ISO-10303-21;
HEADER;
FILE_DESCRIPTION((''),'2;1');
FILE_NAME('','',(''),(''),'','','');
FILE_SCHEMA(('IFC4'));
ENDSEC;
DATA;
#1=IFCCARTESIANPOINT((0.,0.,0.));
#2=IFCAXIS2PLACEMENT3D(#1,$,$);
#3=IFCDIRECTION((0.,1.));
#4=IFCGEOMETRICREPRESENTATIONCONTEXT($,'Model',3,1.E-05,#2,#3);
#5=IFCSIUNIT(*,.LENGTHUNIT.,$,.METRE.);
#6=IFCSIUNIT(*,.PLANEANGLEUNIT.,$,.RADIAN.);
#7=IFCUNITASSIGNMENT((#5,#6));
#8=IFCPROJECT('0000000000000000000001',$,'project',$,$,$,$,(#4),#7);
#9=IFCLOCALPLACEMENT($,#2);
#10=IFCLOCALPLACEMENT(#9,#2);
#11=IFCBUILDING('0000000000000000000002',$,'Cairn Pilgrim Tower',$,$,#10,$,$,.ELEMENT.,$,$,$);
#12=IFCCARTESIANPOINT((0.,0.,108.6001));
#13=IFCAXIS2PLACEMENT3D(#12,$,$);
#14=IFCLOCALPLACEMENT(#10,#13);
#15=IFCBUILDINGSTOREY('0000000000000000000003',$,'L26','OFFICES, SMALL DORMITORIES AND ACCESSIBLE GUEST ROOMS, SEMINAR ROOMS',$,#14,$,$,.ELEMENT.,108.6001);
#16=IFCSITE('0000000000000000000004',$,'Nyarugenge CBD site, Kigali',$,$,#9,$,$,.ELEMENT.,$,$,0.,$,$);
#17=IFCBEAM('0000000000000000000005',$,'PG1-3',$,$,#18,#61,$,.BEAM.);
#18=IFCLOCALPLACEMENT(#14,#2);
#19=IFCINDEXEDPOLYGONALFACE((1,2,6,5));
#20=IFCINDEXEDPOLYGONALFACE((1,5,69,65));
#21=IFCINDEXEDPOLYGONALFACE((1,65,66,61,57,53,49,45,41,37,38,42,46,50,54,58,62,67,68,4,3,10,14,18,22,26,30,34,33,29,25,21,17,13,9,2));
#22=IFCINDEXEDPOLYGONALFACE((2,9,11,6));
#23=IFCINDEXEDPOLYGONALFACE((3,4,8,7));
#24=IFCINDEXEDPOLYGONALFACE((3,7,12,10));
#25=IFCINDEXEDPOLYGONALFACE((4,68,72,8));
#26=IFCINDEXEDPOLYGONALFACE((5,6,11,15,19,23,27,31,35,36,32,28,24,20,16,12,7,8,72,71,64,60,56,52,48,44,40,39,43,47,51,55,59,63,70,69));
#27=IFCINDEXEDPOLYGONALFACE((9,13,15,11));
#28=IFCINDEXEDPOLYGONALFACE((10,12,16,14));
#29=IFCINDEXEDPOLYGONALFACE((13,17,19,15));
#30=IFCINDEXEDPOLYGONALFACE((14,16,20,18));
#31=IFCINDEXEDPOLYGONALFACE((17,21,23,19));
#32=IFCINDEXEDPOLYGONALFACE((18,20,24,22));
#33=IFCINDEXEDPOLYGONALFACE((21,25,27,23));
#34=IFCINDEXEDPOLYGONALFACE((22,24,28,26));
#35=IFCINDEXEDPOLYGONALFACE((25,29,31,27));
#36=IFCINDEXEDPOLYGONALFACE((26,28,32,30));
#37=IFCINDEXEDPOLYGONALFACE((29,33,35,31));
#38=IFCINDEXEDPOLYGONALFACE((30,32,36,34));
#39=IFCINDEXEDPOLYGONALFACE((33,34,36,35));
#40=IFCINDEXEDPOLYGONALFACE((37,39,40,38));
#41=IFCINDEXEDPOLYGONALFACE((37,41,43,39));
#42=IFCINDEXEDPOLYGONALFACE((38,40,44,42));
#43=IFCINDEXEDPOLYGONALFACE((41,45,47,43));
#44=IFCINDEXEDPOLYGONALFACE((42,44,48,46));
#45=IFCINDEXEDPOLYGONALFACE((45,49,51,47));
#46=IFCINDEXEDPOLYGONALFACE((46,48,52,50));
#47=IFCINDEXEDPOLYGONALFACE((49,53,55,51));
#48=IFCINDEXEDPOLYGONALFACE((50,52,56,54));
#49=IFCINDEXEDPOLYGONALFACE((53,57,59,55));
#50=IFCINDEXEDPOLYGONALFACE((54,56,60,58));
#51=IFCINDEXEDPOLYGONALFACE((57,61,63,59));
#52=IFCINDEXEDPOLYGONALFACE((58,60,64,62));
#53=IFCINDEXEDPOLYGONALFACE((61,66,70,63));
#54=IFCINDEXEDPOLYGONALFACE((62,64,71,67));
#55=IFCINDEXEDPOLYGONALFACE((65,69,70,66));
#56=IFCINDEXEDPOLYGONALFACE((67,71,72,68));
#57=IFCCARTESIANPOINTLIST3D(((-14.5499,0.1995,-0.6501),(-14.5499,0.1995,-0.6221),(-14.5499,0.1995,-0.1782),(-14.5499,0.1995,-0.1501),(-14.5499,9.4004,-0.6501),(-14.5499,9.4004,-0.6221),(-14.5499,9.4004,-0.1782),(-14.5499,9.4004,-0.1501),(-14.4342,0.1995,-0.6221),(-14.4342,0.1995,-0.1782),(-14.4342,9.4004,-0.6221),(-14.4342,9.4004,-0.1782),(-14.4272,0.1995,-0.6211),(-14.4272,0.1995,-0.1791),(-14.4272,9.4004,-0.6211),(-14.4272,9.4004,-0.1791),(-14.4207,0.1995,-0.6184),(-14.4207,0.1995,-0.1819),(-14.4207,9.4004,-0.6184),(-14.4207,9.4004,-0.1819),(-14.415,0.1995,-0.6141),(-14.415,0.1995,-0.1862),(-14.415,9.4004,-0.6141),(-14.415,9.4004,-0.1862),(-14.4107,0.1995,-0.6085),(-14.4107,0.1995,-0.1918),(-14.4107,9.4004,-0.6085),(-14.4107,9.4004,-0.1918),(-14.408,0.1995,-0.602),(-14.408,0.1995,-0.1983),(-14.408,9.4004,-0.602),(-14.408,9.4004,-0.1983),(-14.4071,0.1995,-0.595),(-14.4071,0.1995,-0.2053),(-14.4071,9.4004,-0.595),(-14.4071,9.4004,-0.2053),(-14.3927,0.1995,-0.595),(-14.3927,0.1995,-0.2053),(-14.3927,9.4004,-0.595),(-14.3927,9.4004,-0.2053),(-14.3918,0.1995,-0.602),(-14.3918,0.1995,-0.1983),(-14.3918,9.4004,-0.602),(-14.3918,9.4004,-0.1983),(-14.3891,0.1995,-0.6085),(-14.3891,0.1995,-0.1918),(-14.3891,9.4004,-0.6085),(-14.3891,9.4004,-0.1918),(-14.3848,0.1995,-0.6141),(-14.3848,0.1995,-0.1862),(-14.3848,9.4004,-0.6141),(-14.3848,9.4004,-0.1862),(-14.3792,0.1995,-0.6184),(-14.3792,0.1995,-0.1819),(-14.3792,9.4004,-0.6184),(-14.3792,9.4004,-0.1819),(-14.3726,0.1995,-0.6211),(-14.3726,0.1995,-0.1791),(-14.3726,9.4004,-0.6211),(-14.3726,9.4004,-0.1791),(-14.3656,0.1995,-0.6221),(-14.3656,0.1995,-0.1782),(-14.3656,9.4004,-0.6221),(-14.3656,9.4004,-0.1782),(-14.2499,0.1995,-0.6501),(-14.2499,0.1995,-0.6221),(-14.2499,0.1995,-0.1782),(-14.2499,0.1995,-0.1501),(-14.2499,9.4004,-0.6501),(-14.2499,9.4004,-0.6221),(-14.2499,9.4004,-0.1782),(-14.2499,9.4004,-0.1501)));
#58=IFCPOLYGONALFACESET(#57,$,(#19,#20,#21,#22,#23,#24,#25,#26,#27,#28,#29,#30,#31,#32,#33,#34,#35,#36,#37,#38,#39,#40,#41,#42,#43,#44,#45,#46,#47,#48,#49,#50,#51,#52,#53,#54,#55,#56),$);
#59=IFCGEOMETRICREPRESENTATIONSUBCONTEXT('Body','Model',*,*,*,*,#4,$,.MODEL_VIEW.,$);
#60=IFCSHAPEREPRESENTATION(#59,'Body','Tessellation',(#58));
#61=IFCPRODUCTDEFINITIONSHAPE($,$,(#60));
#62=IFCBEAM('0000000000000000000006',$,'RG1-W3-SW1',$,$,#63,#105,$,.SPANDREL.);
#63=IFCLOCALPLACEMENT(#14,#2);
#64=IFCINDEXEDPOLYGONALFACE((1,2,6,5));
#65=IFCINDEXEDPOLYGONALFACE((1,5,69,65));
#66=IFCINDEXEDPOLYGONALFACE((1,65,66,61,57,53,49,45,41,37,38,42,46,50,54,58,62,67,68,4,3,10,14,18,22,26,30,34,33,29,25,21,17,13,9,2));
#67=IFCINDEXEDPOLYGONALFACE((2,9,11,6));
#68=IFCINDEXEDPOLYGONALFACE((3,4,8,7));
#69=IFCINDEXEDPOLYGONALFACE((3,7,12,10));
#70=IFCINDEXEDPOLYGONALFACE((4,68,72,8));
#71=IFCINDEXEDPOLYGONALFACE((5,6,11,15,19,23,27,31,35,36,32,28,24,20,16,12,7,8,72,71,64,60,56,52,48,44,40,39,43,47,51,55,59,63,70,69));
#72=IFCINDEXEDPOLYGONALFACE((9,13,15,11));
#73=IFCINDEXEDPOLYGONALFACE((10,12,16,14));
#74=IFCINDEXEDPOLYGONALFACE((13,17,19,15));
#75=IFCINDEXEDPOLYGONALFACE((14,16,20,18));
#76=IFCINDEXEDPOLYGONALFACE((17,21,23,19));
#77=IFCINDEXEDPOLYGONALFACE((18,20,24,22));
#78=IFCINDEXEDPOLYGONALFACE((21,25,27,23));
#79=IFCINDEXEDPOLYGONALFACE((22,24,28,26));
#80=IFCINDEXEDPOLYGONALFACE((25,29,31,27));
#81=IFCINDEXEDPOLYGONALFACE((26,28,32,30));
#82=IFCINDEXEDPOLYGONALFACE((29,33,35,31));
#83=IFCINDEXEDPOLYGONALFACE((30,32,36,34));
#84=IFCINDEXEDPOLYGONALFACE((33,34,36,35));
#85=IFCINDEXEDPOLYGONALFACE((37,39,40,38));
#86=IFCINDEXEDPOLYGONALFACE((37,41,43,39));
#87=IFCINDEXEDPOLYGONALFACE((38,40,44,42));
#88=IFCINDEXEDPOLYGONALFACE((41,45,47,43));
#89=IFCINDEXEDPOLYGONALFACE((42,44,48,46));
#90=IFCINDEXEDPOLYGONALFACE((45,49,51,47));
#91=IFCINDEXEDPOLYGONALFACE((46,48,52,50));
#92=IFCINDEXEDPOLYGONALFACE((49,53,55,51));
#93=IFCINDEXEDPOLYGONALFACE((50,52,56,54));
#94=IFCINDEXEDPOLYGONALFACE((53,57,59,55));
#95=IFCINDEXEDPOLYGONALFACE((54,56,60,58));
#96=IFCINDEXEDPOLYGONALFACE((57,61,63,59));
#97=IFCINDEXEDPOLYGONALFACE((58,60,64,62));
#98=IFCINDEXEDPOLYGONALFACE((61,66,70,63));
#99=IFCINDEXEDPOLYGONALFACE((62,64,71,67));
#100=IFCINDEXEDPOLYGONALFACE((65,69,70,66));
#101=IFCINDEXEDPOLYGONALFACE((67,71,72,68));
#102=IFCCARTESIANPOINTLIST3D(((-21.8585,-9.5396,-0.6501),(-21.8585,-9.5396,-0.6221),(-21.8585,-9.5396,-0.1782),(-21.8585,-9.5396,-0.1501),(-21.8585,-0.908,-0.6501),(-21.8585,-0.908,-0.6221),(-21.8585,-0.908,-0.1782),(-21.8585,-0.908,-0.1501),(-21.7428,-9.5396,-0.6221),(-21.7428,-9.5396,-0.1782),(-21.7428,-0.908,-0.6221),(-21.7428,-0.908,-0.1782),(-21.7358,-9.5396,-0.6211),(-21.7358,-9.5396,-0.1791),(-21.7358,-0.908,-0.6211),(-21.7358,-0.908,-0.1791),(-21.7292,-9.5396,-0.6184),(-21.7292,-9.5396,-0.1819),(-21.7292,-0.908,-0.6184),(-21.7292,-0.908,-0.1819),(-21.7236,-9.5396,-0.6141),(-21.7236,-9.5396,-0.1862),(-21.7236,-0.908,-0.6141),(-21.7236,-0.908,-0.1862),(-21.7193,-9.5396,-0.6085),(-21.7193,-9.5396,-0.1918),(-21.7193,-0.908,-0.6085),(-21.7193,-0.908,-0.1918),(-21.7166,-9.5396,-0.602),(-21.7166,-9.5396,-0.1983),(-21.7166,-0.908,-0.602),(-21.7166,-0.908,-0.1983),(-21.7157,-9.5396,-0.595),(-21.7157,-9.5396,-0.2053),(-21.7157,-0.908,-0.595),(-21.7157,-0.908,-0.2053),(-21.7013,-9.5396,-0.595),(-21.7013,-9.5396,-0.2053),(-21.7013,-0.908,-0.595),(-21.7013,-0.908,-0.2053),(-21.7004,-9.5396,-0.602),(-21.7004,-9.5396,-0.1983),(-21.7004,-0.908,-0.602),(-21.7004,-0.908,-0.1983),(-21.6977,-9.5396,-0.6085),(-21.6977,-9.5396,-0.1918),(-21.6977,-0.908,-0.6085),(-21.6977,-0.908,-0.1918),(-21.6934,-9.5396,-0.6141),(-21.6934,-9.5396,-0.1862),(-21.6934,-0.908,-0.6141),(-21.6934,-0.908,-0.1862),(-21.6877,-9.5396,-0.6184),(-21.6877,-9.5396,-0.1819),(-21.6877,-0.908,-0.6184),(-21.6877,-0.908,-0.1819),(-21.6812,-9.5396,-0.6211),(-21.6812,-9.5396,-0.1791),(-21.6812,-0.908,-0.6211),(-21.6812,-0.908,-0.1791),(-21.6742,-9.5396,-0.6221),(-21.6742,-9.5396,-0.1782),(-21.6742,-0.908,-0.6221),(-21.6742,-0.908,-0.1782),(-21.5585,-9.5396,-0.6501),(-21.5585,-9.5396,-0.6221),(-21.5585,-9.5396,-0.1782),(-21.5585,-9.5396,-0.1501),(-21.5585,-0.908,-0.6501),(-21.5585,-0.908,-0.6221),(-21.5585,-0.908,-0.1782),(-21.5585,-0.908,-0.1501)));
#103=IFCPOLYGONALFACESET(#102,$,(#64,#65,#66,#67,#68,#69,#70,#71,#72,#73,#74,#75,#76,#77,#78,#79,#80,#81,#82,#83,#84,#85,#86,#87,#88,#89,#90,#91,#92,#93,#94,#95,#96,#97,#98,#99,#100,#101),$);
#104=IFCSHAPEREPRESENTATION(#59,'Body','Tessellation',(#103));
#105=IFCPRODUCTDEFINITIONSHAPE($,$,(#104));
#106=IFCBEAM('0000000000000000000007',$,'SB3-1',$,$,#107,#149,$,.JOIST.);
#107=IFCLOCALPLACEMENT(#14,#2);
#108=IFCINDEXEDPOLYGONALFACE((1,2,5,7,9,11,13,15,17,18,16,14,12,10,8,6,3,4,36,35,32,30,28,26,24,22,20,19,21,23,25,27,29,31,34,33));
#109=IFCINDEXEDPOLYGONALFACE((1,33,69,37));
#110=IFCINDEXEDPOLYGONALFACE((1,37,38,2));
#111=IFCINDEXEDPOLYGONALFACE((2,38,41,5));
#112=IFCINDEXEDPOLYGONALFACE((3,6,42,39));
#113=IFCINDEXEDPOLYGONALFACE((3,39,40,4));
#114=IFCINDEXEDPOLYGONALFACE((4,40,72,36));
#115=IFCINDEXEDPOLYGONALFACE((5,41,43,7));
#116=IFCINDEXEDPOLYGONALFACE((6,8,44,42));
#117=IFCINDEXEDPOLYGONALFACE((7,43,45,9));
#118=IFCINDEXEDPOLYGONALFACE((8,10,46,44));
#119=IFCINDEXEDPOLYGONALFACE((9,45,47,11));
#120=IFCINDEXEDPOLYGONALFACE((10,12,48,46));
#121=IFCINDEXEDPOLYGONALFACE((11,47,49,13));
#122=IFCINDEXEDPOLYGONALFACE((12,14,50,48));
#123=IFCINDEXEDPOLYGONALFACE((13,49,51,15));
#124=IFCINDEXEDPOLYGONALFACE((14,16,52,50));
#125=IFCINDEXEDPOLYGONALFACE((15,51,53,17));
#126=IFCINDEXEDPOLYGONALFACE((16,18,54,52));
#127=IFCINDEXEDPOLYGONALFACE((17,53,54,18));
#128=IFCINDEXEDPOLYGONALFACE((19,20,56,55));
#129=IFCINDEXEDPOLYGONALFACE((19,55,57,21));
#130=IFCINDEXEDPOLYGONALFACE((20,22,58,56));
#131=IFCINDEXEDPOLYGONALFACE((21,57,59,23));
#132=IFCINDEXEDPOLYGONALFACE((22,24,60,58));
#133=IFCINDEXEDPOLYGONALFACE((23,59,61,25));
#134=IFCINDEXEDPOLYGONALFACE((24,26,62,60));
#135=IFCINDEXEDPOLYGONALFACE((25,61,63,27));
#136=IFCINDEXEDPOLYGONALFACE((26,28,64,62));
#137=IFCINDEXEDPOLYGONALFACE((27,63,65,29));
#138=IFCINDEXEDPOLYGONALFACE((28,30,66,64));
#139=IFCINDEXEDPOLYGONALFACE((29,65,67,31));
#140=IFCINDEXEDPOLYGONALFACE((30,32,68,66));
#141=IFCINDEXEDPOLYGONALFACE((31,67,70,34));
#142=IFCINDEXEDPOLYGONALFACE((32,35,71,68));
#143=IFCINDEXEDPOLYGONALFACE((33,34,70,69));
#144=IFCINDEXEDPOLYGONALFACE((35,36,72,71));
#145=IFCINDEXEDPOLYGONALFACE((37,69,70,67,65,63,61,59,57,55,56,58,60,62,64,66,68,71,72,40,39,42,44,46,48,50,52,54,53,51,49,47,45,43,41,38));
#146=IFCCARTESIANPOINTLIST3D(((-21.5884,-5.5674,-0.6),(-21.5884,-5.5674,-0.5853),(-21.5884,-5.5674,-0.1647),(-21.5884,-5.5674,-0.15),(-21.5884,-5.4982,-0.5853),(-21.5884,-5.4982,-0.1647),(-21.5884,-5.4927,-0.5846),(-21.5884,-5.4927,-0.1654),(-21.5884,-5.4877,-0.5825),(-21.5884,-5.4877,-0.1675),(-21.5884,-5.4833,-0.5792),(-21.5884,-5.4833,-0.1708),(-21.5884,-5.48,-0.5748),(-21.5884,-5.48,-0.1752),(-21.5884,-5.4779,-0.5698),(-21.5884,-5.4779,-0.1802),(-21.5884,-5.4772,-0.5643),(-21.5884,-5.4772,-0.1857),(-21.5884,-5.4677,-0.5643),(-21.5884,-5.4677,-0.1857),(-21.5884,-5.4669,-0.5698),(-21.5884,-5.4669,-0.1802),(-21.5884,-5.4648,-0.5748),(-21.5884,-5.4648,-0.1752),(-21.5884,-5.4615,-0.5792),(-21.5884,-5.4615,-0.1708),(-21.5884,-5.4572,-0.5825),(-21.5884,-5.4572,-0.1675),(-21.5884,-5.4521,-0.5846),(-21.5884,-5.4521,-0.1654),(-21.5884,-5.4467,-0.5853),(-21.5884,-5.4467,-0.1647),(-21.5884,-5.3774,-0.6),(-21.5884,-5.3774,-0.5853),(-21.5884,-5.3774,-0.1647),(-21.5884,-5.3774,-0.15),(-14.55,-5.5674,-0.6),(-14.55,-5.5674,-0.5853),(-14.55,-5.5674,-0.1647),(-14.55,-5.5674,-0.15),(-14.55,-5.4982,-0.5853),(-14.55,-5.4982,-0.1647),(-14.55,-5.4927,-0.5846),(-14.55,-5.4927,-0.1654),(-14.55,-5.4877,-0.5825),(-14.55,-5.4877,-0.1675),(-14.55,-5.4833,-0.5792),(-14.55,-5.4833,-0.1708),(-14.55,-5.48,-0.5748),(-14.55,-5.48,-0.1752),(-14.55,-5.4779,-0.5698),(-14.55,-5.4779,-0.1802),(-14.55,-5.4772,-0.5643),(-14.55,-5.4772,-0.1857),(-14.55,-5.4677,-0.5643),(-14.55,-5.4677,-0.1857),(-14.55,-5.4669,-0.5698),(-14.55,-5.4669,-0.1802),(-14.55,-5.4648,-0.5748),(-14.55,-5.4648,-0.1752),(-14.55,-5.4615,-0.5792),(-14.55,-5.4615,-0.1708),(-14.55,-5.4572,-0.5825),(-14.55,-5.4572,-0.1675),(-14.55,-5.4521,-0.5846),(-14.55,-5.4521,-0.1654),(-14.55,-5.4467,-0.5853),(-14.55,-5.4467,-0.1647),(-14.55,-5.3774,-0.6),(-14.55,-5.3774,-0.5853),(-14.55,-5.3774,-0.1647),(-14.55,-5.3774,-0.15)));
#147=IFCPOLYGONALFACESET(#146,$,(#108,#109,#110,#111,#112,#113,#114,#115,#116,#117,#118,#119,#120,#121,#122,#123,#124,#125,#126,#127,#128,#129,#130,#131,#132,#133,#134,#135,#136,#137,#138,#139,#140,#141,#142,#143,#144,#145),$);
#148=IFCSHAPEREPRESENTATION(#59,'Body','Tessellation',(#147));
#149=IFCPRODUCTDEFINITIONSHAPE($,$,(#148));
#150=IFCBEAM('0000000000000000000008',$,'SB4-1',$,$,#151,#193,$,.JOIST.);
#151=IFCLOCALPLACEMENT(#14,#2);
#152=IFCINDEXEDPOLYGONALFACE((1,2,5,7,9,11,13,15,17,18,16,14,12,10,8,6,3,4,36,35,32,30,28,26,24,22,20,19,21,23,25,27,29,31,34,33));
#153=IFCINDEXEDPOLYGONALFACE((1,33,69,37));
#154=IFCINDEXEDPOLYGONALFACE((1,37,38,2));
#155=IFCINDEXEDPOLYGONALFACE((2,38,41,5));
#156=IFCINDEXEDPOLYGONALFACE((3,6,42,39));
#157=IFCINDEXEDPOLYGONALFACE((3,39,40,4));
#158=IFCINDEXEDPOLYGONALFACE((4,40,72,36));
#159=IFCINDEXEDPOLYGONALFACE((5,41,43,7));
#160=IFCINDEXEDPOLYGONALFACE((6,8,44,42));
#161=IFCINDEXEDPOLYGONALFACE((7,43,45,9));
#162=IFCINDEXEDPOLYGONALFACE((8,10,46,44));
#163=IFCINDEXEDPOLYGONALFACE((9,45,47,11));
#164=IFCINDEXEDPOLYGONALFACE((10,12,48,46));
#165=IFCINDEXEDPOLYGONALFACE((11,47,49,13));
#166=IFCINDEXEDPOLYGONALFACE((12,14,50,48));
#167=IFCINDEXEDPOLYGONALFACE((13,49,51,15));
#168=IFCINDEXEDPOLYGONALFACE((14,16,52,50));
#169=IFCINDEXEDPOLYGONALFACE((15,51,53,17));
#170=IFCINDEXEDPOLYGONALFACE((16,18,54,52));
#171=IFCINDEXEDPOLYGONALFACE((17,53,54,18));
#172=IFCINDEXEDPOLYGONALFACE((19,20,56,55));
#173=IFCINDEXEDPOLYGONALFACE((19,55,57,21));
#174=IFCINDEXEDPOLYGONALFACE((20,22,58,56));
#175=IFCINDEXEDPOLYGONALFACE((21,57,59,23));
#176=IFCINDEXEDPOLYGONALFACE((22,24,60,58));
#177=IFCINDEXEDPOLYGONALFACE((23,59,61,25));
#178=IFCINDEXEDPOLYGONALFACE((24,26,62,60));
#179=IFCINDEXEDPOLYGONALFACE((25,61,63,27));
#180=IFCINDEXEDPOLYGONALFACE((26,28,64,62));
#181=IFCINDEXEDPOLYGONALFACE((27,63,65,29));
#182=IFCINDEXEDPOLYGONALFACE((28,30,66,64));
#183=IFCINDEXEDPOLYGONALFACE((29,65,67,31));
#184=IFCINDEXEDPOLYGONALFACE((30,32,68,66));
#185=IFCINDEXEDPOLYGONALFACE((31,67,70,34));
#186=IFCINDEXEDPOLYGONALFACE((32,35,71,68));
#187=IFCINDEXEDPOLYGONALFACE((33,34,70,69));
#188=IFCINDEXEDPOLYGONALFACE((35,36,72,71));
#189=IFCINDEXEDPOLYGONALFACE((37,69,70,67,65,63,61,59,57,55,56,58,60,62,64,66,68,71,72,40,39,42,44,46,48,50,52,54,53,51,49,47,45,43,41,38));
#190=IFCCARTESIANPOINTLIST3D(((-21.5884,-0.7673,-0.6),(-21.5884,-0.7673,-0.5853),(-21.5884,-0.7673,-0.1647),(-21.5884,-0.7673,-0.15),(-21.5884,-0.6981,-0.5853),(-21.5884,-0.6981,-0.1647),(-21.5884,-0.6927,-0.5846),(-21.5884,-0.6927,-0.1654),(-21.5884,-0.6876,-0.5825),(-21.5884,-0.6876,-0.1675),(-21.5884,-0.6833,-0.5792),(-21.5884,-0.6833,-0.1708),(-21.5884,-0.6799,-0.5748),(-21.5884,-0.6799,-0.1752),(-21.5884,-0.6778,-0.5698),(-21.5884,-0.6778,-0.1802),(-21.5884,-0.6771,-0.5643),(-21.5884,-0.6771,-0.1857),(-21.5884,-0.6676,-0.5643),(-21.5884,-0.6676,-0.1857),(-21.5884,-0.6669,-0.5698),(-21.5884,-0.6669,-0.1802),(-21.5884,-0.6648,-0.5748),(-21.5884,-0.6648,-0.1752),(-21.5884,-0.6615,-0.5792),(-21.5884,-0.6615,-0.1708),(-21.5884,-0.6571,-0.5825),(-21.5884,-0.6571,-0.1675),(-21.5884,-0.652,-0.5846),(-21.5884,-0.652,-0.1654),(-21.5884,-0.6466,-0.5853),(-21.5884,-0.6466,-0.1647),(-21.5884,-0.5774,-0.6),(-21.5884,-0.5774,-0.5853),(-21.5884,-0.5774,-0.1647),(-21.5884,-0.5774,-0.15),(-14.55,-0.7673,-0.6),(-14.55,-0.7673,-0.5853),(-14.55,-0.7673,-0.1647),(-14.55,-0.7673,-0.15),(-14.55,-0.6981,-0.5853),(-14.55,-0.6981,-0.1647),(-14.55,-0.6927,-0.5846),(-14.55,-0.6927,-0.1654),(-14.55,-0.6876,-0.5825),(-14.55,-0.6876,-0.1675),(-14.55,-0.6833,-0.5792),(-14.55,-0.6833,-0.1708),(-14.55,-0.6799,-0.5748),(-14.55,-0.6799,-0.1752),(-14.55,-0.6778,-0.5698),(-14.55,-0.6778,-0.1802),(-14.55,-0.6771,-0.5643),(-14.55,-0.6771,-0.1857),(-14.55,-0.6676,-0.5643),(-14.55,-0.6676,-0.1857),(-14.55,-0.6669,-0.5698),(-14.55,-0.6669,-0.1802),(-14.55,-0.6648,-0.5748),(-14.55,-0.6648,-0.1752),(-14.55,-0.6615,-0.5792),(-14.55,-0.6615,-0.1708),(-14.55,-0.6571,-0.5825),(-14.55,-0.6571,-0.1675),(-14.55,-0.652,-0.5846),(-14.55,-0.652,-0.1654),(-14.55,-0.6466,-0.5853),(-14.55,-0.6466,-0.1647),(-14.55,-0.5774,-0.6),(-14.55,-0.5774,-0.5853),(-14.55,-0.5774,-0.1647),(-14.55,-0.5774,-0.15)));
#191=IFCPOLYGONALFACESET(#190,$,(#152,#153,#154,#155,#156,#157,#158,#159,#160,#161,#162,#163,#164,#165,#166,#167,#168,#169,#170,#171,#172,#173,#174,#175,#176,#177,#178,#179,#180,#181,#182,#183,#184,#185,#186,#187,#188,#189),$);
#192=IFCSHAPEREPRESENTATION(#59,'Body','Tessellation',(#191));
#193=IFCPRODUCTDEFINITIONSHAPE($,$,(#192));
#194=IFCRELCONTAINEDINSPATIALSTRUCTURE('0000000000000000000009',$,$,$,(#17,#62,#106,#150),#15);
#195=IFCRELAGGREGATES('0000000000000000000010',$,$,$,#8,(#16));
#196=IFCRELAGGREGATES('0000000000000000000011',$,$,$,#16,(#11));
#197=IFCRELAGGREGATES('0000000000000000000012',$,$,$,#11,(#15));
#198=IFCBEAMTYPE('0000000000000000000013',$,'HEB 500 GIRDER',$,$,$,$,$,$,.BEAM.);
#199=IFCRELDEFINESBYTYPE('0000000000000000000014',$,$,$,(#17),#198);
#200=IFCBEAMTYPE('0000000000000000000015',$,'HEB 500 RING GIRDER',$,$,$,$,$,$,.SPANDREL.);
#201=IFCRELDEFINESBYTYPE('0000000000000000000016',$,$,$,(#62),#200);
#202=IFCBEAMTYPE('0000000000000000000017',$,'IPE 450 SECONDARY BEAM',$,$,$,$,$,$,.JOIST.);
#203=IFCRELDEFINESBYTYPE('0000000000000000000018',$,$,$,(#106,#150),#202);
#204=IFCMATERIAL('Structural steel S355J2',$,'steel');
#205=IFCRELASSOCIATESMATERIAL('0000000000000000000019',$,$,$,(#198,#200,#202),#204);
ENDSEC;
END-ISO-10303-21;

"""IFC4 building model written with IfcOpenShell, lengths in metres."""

from ifc_helpers import new_model, si_unit, direction, frame, origin, origin_2d, place, context, subcontext, project, spatial, i_section, extrude, material, material_profile, profile_set, type_object, element, save


model = new_model("IFC4")

# Units and contexts
model_context = context("Model", 3, precision=1e-05, world=origin(), true_north=direction((0.0, 1.0)))
body_context = subcontext(model_context, "Body", "Model", "MODEL_VIEW")
ifc_project = project(units=[si_unit("LENGTHUNIT", "METRE"), si_unit("PLANEANGLEUNIT", "RADIAN")], contexts=[model_context])

# Site, building, storey
site_placement = place(None, origin())
site = spatial("IfcSite", under=ifc_project, at=site_placement, Name="Nyarugenge CBD site, Kigali", CompositionType="ELEMENT", RefElevation=0.0)
building_placement = place(site_placement, origin())
building = spatial("IfcBuilding", under=site, at=building_placement, Name="Cairn Pilgrim Tower", CompositionType="ELEMENT")
storey_placement = place(building_placement, frame((0.0, 0.0, 108.6001)))
storey = spatial("IfcBuildingStorey", under=building, at=storey_placement, Name="L26", Description="OFFICES, SMALL DORMITORIES AND ACCESSIBLE GUEST ROOMS, SEMINAR ROOMS", CompositionType="ELEMENT", Elevation=108.6001)

# Shared definitions
ifc_material_1 = material(Name="Structural steel S355J2", Category="steel")

# Beams
ifc_material_profile_1 = material_profile(ifc_material_1, i_section(OverallWidth=0.3, OverallDepth=0.5, WebThickness=0.0144, FlangeThickness=0.0281, FilletRadius=0.0271, at=origin_2d()), Name="HEB 500")
ifc_profile_set_1 = profile_set([ifc_material_profile_1], Name="Structural steel S355J2")
beam_type_1 = type_object("IfcBeamType", Name="HEB 500 GIRDER", PredefinedType="BEAM", material=ifc_profile_set_1)
for number, where, z_axis, x_axis, name in (
    (1, (-14.3999, 0.1995, -0.4001), (0.0, 1.0, 0.0), (-1.0, 0.0, 0.0), "PG1-3"),
):
    element("IfcBeam", number, at=place(storey_placement, frame(where, z_axis=z_axis, x_axis=x_axis)), inside=storey, type_object=beam_type_1, Name=name, PredefinedType="BEAM", context=body_context, shape_type="SweptSolid", body=[
        extrude(i_section(OverallWidth=0.3, OverallDepth=0.5, WebThickness=0.0144, FlangeThickness=0.0281, FilletRadius=0.0271, at=origin_2d()), origin(), (0.0, 0.0, 1.0), 9.2009),
    ])
ifc_material_profile_2 = material_profile(ifc_material_1, i_section(OverallWidth=0.3, OverallDepth=0.5, WebThickness=0.0144, FlangeThickness=0.0281, FilletRadius=0.0271, at=origin_2d()), Name="HEB 500")
ifc_profile_set_2 = profile_set([ifc_material_profile_2], Name="Structural steel S355J2")
beam_type_2 = type_object("IfcBeamType", Name="HEB 500 RING GIRDER", PredefinedType="SPANDREL", material=ifc_profile_set_2)
beam_placement = place(storey_placement, frame((-21.7085, -0.908, -0.4001), z_axis=(0.0, -1.0, 0.0), x_axis=(1.0, 0.0, 0.0)))
element("IfcBeam", 2, at=beam_placement, inside=storey, type_object=beam_type_2, Name="RG1-W3-SW1", PredefinedType="SPANDREL", context=body_context, shape_type="SweptSolid", body=[
    extrude(i_section(OverallWidth=0.3, OverallDepth=0.5, WebThickness=0.0144, FlangeThickness=0.0281, FilletRadius=0.0271, at=origin_2d()), origin(), (0.0, 0.0, 1.0), 8.6316),
])
ifc_material_profile_3 = material_profile(ifc_material_1, i_section(OverallWidth=0.1899, OverallDepth=0.45, WebThickness=0.0095, FlangeThickness=0.0146, FilletRadius=0.021, at=origin_2d()), Name="IPE 450")
ifc_profile_set_3 = profile_set([ifc_material_profile_3], Name="Structural steel S355J2")
beam_type_3 = type_object("IfcBeamType", Name="IPE 450 SECONDARY BEAM", PredefinedType="JOIST", material=ifc_profile_set_3)
for number, where, z_axis, x_axis, name in (
    (3, (-21.5884, -5.4724, -0.375), (1.0, 0.0, 0.0), (0.0, 1.0, 0.0), "SB3-1"),
    (4, (-21.5884, -0.6724, -0.375), (1.0, 0.0, 0.0), (0.0, 1.0, 0.0), "SB4-1"),
):
    element("IfcBeam", number, at=place(storey_placement, frame(where, z_axis=z_axis, x_axis=x_axis)), inside=storey, type_object=beam_type_3, Name=name, PredefinedType="JOIST", context=body_context, shape_type="SweptSolid", body=[
        extrude(i_section(OverallWidth=0.1899, OverallDepth=0.45, WebThickness=0.0095, FlangeThickness=0.0146, FilletRadius=0.021, at=origin_2d()), origin(), (0.0, 0.0, 1.0), 7.0383),
    ])

save(model, "model.ifc")
